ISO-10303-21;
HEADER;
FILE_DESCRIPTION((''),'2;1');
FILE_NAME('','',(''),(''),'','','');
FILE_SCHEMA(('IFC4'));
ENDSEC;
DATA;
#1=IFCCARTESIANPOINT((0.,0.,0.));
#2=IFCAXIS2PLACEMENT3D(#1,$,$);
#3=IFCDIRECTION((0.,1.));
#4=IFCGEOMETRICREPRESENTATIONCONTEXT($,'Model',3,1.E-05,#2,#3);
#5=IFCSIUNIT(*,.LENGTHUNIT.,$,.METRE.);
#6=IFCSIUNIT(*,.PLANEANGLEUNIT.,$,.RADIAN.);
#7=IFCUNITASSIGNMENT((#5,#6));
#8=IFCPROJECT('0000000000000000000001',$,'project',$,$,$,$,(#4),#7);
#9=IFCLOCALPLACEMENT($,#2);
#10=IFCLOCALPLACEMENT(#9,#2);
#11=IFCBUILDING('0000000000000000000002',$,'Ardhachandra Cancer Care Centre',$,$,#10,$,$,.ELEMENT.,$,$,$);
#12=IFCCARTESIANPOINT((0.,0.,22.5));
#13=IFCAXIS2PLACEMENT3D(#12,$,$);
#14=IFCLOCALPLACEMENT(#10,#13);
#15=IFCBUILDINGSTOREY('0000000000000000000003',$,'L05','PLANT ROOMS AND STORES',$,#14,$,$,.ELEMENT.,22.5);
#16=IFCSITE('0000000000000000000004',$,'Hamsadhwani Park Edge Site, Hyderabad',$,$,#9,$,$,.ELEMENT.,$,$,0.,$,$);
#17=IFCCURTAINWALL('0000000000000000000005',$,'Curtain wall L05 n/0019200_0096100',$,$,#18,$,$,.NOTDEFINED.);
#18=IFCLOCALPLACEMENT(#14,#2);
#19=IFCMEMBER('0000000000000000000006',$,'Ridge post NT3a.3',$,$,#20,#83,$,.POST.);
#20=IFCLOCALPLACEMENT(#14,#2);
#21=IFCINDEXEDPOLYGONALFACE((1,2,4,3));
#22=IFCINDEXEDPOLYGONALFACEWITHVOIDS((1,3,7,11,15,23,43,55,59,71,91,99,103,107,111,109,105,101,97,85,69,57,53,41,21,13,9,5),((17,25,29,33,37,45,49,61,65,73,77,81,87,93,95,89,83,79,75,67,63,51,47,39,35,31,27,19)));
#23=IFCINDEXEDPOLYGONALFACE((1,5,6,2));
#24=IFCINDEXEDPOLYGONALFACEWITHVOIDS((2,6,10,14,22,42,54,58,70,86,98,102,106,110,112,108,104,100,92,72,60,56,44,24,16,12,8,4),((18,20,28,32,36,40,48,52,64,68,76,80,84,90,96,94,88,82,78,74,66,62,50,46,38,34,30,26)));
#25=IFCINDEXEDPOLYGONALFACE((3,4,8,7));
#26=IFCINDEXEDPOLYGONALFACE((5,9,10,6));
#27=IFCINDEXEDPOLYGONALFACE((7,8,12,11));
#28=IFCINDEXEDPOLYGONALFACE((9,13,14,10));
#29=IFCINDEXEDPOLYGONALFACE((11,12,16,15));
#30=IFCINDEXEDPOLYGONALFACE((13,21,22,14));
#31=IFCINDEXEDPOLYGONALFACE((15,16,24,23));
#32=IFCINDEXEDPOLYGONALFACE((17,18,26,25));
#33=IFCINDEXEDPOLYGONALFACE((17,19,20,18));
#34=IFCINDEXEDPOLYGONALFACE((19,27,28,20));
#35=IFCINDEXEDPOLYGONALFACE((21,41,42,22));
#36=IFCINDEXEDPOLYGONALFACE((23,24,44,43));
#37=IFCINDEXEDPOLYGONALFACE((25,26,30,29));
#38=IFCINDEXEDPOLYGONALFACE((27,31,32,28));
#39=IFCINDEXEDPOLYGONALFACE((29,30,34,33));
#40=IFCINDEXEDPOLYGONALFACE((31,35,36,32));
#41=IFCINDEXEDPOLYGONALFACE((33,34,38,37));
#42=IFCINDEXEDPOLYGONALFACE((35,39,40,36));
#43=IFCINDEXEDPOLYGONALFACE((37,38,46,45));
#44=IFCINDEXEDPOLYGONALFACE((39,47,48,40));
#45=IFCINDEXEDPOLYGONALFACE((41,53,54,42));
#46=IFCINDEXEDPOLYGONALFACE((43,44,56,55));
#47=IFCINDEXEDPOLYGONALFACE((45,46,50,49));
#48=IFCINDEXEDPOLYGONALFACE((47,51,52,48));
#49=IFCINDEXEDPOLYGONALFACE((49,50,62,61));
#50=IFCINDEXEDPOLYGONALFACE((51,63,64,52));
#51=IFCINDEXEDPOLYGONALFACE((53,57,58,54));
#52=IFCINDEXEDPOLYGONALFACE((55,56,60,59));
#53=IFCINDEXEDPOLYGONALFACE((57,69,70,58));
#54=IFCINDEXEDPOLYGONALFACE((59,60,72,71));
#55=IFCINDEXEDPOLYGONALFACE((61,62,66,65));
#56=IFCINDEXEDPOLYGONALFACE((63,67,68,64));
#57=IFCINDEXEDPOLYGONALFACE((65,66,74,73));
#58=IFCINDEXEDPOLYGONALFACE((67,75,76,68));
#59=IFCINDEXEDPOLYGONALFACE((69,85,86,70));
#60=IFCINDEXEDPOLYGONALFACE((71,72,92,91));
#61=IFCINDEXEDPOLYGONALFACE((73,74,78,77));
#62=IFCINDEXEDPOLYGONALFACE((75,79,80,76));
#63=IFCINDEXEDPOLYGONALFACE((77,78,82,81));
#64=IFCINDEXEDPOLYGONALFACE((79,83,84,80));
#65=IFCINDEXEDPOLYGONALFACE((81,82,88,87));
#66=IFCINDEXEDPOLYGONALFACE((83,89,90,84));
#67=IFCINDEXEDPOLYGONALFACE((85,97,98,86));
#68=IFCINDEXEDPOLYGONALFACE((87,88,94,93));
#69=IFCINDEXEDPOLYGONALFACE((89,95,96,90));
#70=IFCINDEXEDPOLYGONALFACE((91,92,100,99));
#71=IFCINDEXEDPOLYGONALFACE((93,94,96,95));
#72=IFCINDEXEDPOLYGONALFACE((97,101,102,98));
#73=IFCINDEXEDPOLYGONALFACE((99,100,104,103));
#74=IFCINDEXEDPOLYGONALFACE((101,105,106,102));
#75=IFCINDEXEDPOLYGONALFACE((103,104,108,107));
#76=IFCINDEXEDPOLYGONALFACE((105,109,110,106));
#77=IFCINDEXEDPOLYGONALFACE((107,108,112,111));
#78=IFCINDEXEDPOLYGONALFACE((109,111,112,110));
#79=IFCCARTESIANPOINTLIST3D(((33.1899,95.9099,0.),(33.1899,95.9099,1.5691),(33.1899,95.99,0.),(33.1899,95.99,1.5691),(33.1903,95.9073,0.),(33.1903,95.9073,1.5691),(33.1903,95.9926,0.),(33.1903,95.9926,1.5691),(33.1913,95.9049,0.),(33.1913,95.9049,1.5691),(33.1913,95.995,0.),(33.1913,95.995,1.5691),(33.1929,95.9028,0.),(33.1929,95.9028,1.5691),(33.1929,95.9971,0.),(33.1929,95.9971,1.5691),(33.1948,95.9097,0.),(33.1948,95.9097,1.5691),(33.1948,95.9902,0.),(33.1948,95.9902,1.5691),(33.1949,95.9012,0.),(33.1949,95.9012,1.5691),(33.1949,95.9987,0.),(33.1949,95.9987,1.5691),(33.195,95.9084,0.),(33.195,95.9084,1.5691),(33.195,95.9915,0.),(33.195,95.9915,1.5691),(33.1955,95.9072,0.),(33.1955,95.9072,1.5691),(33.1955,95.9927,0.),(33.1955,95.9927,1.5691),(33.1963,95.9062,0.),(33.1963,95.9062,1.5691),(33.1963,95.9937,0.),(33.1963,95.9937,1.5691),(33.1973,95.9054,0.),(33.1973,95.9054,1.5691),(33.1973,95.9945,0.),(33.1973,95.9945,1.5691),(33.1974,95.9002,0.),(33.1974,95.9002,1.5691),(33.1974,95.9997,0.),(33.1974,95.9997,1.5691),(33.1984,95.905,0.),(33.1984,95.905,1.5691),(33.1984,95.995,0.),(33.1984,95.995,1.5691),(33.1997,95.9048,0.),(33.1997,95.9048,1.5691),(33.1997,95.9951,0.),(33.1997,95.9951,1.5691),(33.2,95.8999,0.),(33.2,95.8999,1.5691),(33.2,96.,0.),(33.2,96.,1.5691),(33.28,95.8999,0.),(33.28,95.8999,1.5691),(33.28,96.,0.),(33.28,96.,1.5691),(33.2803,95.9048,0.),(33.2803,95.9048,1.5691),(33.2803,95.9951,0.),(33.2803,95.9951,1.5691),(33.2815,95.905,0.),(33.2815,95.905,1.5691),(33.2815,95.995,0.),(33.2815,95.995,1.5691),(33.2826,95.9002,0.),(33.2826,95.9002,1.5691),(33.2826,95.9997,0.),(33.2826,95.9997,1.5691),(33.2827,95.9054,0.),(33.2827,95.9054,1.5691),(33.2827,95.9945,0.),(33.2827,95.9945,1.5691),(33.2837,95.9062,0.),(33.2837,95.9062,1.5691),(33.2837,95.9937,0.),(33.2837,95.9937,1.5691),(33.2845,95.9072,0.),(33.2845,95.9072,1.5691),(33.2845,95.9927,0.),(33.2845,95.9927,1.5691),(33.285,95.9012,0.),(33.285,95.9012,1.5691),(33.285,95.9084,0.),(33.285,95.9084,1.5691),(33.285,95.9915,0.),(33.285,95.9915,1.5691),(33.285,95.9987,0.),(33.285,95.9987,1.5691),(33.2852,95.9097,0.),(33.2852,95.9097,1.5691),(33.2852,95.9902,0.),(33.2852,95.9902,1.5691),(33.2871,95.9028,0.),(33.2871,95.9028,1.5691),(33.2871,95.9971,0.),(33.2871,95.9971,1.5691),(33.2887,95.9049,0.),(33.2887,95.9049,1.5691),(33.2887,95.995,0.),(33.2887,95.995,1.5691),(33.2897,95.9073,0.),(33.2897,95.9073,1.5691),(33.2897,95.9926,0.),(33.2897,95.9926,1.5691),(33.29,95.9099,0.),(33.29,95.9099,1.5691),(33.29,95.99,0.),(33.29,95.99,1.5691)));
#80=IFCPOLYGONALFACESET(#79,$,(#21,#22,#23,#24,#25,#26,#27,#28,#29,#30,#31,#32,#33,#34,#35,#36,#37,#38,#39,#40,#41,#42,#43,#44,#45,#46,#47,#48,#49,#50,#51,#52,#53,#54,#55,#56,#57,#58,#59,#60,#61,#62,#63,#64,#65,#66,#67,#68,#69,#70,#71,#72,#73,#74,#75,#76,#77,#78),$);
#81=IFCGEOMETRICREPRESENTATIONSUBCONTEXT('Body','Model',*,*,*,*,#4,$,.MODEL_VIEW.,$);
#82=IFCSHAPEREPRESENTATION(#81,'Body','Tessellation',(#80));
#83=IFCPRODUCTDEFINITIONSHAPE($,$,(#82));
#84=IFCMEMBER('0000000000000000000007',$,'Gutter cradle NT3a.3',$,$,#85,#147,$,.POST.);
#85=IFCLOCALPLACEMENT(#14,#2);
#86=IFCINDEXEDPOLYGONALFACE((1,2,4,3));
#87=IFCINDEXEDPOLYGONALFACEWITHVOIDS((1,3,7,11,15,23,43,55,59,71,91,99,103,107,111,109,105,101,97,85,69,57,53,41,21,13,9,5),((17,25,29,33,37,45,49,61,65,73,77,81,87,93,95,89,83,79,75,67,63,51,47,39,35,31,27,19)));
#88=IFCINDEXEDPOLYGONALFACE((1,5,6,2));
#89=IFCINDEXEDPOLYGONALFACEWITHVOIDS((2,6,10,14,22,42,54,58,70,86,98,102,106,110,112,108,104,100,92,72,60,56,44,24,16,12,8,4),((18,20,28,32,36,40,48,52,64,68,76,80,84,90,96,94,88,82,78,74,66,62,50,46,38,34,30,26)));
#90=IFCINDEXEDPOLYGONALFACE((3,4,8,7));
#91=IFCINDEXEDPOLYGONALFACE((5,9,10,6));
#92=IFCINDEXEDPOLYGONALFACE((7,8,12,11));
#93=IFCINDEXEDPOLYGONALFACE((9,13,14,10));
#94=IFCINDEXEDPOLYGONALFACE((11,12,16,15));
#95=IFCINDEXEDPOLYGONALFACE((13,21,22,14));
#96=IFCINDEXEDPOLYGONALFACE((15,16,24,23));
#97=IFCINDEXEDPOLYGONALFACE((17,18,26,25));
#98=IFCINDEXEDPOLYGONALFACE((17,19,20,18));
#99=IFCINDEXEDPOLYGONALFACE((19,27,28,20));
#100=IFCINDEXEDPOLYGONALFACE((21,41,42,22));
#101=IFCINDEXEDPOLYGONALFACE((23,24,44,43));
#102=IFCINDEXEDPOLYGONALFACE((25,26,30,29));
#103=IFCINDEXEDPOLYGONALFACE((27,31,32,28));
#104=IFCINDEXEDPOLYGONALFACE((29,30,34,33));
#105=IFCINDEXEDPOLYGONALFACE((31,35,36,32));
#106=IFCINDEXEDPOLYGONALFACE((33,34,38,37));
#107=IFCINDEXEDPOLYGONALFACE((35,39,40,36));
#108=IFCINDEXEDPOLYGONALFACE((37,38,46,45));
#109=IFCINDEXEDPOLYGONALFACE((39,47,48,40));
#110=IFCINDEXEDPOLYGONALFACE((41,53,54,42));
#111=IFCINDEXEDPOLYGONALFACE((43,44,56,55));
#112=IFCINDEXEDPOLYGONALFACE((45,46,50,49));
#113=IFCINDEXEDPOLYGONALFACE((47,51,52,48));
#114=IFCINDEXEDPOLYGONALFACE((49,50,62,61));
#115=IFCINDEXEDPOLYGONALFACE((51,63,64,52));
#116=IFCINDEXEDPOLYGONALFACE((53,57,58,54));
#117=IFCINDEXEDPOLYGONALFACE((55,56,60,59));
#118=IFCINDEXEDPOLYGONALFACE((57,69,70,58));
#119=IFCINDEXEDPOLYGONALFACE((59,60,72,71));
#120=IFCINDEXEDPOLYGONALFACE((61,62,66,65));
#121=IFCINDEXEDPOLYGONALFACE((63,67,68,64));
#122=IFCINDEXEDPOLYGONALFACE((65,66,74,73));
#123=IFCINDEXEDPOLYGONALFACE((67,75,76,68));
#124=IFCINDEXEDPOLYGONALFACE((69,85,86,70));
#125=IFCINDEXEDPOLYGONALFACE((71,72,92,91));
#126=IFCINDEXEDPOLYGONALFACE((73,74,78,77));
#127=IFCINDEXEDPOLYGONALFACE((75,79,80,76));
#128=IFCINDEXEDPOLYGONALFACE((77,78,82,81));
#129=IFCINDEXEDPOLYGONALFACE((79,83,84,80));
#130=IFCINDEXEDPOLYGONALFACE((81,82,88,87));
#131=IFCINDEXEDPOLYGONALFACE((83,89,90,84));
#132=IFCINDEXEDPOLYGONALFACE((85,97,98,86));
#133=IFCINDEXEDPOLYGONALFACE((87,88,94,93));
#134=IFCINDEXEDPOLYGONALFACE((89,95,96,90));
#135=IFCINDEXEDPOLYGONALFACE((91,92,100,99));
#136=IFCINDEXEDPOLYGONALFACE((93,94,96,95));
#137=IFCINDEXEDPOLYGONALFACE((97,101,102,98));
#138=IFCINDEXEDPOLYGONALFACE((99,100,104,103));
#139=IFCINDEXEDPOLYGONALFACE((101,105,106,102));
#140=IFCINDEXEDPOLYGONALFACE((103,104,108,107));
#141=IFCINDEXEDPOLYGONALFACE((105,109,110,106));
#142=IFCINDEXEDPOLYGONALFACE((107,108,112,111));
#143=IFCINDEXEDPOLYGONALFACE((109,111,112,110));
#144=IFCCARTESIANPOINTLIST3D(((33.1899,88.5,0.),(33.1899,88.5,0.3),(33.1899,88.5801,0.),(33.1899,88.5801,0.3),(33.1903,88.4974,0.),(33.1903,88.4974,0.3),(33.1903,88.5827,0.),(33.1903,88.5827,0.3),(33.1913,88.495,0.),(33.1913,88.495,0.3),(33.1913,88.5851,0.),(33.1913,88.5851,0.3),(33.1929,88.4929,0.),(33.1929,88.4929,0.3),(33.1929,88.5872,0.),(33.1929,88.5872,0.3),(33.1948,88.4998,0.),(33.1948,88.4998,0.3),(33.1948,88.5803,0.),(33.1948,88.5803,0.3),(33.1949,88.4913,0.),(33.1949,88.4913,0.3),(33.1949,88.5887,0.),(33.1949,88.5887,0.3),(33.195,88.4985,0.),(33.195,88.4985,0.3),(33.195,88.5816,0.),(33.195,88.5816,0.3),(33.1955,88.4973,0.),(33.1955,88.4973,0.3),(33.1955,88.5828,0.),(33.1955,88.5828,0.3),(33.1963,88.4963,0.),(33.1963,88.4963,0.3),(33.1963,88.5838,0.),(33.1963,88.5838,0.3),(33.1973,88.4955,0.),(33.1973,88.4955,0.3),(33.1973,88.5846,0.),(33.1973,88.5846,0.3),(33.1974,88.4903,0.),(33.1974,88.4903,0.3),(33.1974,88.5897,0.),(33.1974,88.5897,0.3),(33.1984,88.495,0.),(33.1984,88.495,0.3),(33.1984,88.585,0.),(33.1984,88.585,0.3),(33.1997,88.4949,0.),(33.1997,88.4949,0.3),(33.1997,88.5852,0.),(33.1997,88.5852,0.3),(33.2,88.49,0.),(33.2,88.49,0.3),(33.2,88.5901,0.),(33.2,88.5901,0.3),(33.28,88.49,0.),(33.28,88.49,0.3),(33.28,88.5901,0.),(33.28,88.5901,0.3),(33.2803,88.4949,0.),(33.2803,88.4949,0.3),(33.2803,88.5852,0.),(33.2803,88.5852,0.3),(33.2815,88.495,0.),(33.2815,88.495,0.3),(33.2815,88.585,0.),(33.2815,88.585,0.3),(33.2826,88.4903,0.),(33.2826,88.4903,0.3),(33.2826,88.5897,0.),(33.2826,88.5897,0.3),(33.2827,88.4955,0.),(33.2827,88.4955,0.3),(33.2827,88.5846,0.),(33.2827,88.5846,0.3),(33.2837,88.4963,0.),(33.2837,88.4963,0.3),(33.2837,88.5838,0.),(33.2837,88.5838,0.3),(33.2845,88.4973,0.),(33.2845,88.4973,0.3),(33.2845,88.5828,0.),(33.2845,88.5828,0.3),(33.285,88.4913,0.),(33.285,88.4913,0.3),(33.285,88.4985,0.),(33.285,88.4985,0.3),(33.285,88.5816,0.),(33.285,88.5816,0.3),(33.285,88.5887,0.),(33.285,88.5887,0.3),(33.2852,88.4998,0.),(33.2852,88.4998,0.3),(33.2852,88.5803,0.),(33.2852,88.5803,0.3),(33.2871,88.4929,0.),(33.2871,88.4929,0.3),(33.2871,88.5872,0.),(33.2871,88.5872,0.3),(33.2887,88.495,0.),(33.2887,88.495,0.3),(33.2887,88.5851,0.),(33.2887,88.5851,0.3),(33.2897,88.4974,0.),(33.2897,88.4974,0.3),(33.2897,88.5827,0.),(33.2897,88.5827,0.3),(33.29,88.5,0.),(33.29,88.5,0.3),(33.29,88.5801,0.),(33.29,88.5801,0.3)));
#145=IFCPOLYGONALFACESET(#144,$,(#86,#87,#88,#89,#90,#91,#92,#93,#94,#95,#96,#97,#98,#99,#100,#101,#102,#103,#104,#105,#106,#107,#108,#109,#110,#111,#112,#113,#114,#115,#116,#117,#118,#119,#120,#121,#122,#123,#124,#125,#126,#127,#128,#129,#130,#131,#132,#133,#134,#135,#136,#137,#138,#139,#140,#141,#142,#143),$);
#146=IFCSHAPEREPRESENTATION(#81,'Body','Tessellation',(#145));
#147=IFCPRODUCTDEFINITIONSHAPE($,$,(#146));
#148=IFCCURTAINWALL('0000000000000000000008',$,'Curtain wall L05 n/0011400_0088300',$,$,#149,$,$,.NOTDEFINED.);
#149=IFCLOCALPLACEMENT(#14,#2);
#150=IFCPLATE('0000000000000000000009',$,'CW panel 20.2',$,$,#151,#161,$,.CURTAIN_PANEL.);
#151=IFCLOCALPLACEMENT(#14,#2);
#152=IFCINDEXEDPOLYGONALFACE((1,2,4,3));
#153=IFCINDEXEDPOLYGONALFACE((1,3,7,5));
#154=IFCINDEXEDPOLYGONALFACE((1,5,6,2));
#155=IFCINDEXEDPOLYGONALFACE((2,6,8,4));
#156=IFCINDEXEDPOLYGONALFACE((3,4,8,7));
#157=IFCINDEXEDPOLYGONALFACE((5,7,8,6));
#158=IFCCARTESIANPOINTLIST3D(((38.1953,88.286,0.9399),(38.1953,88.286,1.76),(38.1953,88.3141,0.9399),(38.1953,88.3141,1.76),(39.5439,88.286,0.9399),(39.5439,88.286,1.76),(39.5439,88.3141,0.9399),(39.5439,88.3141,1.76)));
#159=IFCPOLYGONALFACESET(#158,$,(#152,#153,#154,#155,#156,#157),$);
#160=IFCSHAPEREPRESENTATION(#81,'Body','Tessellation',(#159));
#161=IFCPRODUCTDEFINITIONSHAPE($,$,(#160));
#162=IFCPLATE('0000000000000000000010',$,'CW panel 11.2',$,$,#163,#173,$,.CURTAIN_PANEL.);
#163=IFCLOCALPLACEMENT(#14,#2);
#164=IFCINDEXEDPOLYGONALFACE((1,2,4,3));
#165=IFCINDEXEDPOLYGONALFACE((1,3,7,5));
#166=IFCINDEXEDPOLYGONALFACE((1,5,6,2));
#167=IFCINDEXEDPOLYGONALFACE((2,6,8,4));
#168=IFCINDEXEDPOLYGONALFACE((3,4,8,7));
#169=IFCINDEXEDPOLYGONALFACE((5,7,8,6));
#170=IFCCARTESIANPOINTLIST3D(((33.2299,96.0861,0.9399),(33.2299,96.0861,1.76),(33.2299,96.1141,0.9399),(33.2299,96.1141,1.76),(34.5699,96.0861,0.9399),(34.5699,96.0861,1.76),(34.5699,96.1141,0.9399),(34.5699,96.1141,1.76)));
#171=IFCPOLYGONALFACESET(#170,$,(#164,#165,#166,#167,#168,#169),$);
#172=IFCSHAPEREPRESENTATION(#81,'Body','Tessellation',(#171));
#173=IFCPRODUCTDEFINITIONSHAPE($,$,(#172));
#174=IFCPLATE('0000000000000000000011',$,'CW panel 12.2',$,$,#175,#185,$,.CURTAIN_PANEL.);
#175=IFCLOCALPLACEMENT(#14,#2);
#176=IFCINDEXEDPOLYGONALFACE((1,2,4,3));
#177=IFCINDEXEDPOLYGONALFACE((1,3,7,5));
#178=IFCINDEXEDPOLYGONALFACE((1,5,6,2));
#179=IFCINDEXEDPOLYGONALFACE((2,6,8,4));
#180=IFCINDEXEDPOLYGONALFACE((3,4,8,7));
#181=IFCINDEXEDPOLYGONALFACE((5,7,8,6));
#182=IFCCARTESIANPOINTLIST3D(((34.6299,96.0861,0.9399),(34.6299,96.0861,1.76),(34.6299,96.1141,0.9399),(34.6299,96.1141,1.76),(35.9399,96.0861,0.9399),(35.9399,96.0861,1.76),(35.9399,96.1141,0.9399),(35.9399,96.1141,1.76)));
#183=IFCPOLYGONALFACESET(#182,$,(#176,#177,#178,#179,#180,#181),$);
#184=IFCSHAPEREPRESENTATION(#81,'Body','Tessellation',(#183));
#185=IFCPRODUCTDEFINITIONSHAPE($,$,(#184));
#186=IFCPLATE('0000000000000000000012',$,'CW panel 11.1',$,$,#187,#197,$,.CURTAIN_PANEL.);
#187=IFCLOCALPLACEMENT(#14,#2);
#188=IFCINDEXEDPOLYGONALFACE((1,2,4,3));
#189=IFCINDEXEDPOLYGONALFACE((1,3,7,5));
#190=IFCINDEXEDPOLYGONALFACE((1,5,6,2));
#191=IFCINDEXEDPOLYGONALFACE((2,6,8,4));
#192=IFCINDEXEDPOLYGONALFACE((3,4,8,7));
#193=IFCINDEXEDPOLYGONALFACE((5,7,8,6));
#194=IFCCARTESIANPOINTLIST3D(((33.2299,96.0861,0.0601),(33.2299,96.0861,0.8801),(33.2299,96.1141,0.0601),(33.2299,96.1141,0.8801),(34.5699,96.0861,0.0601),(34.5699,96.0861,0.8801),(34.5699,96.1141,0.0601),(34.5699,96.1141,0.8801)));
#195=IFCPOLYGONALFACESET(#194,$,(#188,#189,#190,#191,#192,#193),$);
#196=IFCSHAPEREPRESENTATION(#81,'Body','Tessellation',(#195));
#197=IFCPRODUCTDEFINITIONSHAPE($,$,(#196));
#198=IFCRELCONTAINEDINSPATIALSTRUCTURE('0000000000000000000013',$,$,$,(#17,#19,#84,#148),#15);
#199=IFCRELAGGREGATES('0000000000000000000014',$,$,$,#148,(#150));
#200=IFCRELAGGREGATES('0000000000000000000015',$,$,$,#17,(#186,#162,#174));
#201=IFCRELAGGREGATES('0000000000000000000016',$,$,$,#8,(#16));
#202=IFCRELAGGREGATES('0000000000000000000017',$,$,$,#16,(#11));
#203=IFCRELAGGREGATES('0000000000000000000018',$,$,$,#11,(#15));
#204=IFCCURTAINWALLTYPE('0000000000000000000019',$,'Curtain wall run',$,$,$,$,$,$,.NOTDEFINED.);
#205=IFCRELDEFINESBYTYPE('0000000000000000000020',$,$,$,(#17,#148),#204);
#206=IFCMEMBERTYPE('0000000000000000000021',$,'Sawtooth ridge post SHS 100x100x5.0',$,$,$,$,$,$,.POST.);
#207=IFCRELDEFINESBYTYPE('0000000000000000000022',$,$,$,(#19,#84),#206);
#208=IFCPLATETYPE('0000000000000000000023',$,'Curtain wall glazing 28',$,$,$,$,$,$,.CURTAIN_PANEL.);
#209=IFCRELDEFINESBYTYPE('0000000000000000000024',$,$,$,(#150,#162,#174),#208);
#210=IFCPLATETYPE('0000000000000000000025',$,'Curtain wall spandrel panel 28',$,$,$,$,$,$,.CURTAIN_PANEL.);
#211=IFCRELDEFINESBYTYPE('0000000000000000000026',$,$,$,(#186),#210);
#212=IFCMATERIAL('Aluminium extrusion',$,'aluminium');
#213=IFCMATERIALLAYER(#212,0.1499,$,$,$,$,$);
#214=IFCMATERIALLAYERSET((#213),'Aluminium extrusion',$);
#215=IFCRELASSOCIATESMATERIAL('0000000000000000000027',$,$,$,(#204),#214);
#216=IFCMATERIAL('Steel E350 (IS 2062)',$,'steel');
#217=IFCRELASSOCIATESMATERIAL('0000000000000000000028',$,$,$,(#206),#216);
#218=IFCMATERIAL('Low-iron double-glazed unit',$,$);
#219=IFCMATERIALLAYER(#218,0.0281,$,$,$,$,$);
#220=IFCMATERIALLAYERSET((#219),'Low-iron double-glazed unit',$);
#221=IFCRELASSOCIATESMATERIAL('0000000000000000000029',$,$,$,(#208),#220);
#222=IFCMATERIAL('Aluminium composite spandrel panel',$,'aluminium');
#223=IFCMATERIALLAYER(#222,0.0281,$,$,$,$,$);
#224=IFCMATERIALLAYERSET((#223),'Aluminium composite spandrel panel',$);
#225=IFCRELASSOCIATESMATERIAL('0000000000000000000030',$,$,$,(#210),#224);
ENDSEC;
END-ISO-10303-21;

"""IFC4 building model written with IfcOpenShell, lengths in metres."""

from ifc_helpers import new_model, si_unit, direction, frame, origin, origin_2d, place, context, subcontext, project, spatial, rectangle, hollow_rectangle, extrude, material, layer, layer_set, material_profile, profile_set, type_object, element, aggregate, save


model = new_model("IFC4")

# Units and contexts
model_context = context("Model", 3, precision=1e-05, world=origin(), true_north=direction((0.0, 1.0)))
body_context = subcontext(model_context, "Body", "Model", "MODEL_VIEW")
ifc_project = project(units=[si_unit("LENGTHUNIT", "METRE"), si_unit("PLANEANGLEUNIT", "RADIAN")], contexts=[model_context])

# Site, building, storey
site_placement = place(None, origin())
site = spatial("IfcSite", under=ifc_project, at=site_placement, Name="Hamsadhwani Park Edge Site, Hyderabad", CompositionType="ELEMENT", RefElevation=0.0)
building_placement = place(site_placement, origin())
building = spatial("IfcBuilding", under=site, at=building_placement, Name="Ardhachandra Cancer Care Centre", CompositionType="ELEMENT")
storey_placement = place(building_placement, frame((0.0, 0.0, 22.5)))
storey = spatial("IfcBuildingStorey", under=building, at=storey_placement, Name="L05", Description="PLANT ROOMS AND STORES", CompositionType="ELEMENT", Elevation=22.5)

# Curtain wall
ifc_material_1 = material(Name="Aluminium extrusion", Category="aluminium")
ifc_layer_1 = layer(ifc_material_1, 0.1499)
ifc_layer_set_1 = layer_set([ifc_layer_1], Name="Aluminium extrusion")
curtain_wall_type = type_object("IfcCurtainWallType", Name="Curtain wall run", PredefinedType="NOTDEFINED", material=ifc_layer_set_1)
curtain_wall_1_placement = place(storey_placement, origin())
curtain_wall_1 = element("IfcCurtainWall", 1, at=curtain_wall_1_placement, inside=storey, type_object=curtain_wall_type, Name="Curtain wall L05 n/0019200_0096100", PredefinedType="NOTDEFINED")

# Members
ifc_material_2 = material(Name="Steel E350 (IS 2062)", Category="steel")
ifc_material_profile_1 = material_profile(ifc_material_2, hollow_rectangle(XDim=0.1001, YDim=0.1001, WallThickness=0.0049, InnerFilletRadius=0.0049, OuterFilletRadius=0.01, at=origin_2d()), Name="SHS 100x100x5.0")
ifc_profile_set_1 = profile_set([ifc_material_profile_1], Name="Steel E350 (IS 2062)")
member_type_1 = type_object("IfcMemberType", Name="Sawtooth ridge post SHS 100x100x5.0", PredefinedType="POST", material=ifc_profile_set_1)
member_1_placement = place(storey_placement, frame((33.24, 95.95, 0.0), z_axis=(0.0, 0.0, 1.0), x_axis=(1.0, 0.0, 0.0)))
element("IfcMember", 2, at=member_1_placement, inside=storey, type_object=member_type_1, Name="Ridge post NT3a.3", PredefinedType="POST", context=body_context, shape_type="SweptSolid", body=[
    extrude(hollow_rectangle(XDim=0.1001, YDim=0.1001, WallThickness=0.0049, InnerFilletRadius=0.0049, OuterFilletRadius=0.01, at=origin_2d()), origin(), (0.0, 0.0, 1.0), 1.5691),
])
member_2_placement = place(storey_placement, frame((33.24, 88.54, 0.0), z_axis=(0.0, 0.0, 1.0), x_axis=(1.0, 0.0, 0.0)))
element("IfcMember", 3, at=member_2_placement, inside=storey, type_object=member_type_1, Name="Gutter cradle NT3a.3", PredefinedType="POST", context=body_context, shape_type="SweptSolid", body=[
    extrude(hollow_rectangle(XDim=0.1001, YDim=0.1001, WallThickness=0.0049, InnerFilletRadius=0.0049, OuterFilletRadius=0.01, at=origin_2d()), origin(), (0.0, 0.0, 1.0), 0.3),
])

# Curtain wall, plate
curtain_wall_2_placement = place(storey_placement, origin())
curtain_wall_2 = element("IfcCurtainWall", 4, at=curtain_wall_2_placement, inside=storey, type_object=curtain_wall_type, Name="Curtain wall L05 n/0011400_0088300", PredefinedType="NOTDEFINED")
ifc_material_3 = material(Name="Low-iron double-glazed unit")
ifc_layer_2 = layer(ifc_material_3, 0.0281)
ifc_layer_set_2 = layer_set([ifc_layer_2], Name="Low-iron double-glazed unit")
plate_type_1 = type_object("IfcPlateType", Name="Curtain wall glazing 28", PredefinedType="CURTAIN_PANEL", material=ifc_layer_set_2)
plate_1_placement = place(storey_placement, frame((38.8696, 88.3, 0.9399), z_axis=(0.0, 0.0, 1.0), x_axis=(1.0, 0.0, 0.0)))
plate_1 = element("IfcPlate", 5, at=plate_1_placement, type_object=plate_type_1, Name="CW panel 20.2", PredefinedType="CURTAIN_PANEL", context=body_context, shape_type="SweptSolid", body=[
    extrude(rectangle(XDim=1.3486, YDim=0.0281, at=origin_2d()), origin(), (0.0, 0.0, 1.0), 0.8201),
])
aggregate(curtain_wall_2, [plate_1])

# Plates
plate_2_placement = place(storey_placement, frame((33.8999, 96.1001, 0.9399), z_axis=(0.0, 0.0, 1.0), x_axis=(1.0, 0.0, 0.0)))
plate_2 = element("IfcPlate", 6, at=plate_2_placement, type_object=plate_type_1, Name="CW panel 11.2", PredefinedType="CURTAIN_PANEL", context=body_context, shape_type="SweptSolid", body=[
    extrude(rectangle(XDim=1.3401, YDim=0.0281, at=origin_2d()), origin(), (0.0, 0.0, 1.0), 0.8201),
])
plate_3_placement = place(storey_placement, frame((35.2849, 96.1001, 0.9399), z_axis=(0.0, 0.0, 1.0), x_axis=(1.0, 0.0, 0.0)))
plate_3 = element("IfcPlate", 7, at=plate_3_placement, type_object=plate_type_1, Name="CW panel 12.2", PredefinedType="CURTAIN_PANEL", context=body_context, shape_type="SweptSolid", body=[
    extrude(rectangle(XDim=1.3101, YDim=0.0281, at=origin_2d()), origin(), (0.0, 0.0, 1.0), 0.8201),
])
ifc_material_4 = material(Name="Aluminium composite spandrel panel", Category="aluminium")
ifc_layer_3 = layer(ifc_material_4, 0.0281)
ifc_layer_set_3 = layer_set([ifc_layer_3], Name="Aluminium composite spandrel panel")
plate_type_2 = type_object("IfcPlateType", Name="Curtain wall spandrel panel 28", PredefinedType="CURTAIN_PANEL", material=ifc_layer_set_3)
plate_4_placement = place(storey_placement, frame((33.8999, 96.1001, 0.0601), z_axis=(0.0, 0.0, 1.0), x_axis=(1.0, 0.0, 0.0)))
plate_4 = element("IfcPlate", 8, at=plate_4_placement, type_object=plate_type_2, Name="CW panel 11.1", PredefinedType="CURTAIN_PANEL", context=body_context, shape_type="SweptSolid", body=[
    extrude(rectangle(XDim=1.3401, YDim=0.0281, at=origin_2d()), origin(), (0.0, 0.0, 1.0), 0.8201),
])
aggregate(curtain_wall_1, [plate_4, plate_2, plate_3])

save(model, "model.ifc")
